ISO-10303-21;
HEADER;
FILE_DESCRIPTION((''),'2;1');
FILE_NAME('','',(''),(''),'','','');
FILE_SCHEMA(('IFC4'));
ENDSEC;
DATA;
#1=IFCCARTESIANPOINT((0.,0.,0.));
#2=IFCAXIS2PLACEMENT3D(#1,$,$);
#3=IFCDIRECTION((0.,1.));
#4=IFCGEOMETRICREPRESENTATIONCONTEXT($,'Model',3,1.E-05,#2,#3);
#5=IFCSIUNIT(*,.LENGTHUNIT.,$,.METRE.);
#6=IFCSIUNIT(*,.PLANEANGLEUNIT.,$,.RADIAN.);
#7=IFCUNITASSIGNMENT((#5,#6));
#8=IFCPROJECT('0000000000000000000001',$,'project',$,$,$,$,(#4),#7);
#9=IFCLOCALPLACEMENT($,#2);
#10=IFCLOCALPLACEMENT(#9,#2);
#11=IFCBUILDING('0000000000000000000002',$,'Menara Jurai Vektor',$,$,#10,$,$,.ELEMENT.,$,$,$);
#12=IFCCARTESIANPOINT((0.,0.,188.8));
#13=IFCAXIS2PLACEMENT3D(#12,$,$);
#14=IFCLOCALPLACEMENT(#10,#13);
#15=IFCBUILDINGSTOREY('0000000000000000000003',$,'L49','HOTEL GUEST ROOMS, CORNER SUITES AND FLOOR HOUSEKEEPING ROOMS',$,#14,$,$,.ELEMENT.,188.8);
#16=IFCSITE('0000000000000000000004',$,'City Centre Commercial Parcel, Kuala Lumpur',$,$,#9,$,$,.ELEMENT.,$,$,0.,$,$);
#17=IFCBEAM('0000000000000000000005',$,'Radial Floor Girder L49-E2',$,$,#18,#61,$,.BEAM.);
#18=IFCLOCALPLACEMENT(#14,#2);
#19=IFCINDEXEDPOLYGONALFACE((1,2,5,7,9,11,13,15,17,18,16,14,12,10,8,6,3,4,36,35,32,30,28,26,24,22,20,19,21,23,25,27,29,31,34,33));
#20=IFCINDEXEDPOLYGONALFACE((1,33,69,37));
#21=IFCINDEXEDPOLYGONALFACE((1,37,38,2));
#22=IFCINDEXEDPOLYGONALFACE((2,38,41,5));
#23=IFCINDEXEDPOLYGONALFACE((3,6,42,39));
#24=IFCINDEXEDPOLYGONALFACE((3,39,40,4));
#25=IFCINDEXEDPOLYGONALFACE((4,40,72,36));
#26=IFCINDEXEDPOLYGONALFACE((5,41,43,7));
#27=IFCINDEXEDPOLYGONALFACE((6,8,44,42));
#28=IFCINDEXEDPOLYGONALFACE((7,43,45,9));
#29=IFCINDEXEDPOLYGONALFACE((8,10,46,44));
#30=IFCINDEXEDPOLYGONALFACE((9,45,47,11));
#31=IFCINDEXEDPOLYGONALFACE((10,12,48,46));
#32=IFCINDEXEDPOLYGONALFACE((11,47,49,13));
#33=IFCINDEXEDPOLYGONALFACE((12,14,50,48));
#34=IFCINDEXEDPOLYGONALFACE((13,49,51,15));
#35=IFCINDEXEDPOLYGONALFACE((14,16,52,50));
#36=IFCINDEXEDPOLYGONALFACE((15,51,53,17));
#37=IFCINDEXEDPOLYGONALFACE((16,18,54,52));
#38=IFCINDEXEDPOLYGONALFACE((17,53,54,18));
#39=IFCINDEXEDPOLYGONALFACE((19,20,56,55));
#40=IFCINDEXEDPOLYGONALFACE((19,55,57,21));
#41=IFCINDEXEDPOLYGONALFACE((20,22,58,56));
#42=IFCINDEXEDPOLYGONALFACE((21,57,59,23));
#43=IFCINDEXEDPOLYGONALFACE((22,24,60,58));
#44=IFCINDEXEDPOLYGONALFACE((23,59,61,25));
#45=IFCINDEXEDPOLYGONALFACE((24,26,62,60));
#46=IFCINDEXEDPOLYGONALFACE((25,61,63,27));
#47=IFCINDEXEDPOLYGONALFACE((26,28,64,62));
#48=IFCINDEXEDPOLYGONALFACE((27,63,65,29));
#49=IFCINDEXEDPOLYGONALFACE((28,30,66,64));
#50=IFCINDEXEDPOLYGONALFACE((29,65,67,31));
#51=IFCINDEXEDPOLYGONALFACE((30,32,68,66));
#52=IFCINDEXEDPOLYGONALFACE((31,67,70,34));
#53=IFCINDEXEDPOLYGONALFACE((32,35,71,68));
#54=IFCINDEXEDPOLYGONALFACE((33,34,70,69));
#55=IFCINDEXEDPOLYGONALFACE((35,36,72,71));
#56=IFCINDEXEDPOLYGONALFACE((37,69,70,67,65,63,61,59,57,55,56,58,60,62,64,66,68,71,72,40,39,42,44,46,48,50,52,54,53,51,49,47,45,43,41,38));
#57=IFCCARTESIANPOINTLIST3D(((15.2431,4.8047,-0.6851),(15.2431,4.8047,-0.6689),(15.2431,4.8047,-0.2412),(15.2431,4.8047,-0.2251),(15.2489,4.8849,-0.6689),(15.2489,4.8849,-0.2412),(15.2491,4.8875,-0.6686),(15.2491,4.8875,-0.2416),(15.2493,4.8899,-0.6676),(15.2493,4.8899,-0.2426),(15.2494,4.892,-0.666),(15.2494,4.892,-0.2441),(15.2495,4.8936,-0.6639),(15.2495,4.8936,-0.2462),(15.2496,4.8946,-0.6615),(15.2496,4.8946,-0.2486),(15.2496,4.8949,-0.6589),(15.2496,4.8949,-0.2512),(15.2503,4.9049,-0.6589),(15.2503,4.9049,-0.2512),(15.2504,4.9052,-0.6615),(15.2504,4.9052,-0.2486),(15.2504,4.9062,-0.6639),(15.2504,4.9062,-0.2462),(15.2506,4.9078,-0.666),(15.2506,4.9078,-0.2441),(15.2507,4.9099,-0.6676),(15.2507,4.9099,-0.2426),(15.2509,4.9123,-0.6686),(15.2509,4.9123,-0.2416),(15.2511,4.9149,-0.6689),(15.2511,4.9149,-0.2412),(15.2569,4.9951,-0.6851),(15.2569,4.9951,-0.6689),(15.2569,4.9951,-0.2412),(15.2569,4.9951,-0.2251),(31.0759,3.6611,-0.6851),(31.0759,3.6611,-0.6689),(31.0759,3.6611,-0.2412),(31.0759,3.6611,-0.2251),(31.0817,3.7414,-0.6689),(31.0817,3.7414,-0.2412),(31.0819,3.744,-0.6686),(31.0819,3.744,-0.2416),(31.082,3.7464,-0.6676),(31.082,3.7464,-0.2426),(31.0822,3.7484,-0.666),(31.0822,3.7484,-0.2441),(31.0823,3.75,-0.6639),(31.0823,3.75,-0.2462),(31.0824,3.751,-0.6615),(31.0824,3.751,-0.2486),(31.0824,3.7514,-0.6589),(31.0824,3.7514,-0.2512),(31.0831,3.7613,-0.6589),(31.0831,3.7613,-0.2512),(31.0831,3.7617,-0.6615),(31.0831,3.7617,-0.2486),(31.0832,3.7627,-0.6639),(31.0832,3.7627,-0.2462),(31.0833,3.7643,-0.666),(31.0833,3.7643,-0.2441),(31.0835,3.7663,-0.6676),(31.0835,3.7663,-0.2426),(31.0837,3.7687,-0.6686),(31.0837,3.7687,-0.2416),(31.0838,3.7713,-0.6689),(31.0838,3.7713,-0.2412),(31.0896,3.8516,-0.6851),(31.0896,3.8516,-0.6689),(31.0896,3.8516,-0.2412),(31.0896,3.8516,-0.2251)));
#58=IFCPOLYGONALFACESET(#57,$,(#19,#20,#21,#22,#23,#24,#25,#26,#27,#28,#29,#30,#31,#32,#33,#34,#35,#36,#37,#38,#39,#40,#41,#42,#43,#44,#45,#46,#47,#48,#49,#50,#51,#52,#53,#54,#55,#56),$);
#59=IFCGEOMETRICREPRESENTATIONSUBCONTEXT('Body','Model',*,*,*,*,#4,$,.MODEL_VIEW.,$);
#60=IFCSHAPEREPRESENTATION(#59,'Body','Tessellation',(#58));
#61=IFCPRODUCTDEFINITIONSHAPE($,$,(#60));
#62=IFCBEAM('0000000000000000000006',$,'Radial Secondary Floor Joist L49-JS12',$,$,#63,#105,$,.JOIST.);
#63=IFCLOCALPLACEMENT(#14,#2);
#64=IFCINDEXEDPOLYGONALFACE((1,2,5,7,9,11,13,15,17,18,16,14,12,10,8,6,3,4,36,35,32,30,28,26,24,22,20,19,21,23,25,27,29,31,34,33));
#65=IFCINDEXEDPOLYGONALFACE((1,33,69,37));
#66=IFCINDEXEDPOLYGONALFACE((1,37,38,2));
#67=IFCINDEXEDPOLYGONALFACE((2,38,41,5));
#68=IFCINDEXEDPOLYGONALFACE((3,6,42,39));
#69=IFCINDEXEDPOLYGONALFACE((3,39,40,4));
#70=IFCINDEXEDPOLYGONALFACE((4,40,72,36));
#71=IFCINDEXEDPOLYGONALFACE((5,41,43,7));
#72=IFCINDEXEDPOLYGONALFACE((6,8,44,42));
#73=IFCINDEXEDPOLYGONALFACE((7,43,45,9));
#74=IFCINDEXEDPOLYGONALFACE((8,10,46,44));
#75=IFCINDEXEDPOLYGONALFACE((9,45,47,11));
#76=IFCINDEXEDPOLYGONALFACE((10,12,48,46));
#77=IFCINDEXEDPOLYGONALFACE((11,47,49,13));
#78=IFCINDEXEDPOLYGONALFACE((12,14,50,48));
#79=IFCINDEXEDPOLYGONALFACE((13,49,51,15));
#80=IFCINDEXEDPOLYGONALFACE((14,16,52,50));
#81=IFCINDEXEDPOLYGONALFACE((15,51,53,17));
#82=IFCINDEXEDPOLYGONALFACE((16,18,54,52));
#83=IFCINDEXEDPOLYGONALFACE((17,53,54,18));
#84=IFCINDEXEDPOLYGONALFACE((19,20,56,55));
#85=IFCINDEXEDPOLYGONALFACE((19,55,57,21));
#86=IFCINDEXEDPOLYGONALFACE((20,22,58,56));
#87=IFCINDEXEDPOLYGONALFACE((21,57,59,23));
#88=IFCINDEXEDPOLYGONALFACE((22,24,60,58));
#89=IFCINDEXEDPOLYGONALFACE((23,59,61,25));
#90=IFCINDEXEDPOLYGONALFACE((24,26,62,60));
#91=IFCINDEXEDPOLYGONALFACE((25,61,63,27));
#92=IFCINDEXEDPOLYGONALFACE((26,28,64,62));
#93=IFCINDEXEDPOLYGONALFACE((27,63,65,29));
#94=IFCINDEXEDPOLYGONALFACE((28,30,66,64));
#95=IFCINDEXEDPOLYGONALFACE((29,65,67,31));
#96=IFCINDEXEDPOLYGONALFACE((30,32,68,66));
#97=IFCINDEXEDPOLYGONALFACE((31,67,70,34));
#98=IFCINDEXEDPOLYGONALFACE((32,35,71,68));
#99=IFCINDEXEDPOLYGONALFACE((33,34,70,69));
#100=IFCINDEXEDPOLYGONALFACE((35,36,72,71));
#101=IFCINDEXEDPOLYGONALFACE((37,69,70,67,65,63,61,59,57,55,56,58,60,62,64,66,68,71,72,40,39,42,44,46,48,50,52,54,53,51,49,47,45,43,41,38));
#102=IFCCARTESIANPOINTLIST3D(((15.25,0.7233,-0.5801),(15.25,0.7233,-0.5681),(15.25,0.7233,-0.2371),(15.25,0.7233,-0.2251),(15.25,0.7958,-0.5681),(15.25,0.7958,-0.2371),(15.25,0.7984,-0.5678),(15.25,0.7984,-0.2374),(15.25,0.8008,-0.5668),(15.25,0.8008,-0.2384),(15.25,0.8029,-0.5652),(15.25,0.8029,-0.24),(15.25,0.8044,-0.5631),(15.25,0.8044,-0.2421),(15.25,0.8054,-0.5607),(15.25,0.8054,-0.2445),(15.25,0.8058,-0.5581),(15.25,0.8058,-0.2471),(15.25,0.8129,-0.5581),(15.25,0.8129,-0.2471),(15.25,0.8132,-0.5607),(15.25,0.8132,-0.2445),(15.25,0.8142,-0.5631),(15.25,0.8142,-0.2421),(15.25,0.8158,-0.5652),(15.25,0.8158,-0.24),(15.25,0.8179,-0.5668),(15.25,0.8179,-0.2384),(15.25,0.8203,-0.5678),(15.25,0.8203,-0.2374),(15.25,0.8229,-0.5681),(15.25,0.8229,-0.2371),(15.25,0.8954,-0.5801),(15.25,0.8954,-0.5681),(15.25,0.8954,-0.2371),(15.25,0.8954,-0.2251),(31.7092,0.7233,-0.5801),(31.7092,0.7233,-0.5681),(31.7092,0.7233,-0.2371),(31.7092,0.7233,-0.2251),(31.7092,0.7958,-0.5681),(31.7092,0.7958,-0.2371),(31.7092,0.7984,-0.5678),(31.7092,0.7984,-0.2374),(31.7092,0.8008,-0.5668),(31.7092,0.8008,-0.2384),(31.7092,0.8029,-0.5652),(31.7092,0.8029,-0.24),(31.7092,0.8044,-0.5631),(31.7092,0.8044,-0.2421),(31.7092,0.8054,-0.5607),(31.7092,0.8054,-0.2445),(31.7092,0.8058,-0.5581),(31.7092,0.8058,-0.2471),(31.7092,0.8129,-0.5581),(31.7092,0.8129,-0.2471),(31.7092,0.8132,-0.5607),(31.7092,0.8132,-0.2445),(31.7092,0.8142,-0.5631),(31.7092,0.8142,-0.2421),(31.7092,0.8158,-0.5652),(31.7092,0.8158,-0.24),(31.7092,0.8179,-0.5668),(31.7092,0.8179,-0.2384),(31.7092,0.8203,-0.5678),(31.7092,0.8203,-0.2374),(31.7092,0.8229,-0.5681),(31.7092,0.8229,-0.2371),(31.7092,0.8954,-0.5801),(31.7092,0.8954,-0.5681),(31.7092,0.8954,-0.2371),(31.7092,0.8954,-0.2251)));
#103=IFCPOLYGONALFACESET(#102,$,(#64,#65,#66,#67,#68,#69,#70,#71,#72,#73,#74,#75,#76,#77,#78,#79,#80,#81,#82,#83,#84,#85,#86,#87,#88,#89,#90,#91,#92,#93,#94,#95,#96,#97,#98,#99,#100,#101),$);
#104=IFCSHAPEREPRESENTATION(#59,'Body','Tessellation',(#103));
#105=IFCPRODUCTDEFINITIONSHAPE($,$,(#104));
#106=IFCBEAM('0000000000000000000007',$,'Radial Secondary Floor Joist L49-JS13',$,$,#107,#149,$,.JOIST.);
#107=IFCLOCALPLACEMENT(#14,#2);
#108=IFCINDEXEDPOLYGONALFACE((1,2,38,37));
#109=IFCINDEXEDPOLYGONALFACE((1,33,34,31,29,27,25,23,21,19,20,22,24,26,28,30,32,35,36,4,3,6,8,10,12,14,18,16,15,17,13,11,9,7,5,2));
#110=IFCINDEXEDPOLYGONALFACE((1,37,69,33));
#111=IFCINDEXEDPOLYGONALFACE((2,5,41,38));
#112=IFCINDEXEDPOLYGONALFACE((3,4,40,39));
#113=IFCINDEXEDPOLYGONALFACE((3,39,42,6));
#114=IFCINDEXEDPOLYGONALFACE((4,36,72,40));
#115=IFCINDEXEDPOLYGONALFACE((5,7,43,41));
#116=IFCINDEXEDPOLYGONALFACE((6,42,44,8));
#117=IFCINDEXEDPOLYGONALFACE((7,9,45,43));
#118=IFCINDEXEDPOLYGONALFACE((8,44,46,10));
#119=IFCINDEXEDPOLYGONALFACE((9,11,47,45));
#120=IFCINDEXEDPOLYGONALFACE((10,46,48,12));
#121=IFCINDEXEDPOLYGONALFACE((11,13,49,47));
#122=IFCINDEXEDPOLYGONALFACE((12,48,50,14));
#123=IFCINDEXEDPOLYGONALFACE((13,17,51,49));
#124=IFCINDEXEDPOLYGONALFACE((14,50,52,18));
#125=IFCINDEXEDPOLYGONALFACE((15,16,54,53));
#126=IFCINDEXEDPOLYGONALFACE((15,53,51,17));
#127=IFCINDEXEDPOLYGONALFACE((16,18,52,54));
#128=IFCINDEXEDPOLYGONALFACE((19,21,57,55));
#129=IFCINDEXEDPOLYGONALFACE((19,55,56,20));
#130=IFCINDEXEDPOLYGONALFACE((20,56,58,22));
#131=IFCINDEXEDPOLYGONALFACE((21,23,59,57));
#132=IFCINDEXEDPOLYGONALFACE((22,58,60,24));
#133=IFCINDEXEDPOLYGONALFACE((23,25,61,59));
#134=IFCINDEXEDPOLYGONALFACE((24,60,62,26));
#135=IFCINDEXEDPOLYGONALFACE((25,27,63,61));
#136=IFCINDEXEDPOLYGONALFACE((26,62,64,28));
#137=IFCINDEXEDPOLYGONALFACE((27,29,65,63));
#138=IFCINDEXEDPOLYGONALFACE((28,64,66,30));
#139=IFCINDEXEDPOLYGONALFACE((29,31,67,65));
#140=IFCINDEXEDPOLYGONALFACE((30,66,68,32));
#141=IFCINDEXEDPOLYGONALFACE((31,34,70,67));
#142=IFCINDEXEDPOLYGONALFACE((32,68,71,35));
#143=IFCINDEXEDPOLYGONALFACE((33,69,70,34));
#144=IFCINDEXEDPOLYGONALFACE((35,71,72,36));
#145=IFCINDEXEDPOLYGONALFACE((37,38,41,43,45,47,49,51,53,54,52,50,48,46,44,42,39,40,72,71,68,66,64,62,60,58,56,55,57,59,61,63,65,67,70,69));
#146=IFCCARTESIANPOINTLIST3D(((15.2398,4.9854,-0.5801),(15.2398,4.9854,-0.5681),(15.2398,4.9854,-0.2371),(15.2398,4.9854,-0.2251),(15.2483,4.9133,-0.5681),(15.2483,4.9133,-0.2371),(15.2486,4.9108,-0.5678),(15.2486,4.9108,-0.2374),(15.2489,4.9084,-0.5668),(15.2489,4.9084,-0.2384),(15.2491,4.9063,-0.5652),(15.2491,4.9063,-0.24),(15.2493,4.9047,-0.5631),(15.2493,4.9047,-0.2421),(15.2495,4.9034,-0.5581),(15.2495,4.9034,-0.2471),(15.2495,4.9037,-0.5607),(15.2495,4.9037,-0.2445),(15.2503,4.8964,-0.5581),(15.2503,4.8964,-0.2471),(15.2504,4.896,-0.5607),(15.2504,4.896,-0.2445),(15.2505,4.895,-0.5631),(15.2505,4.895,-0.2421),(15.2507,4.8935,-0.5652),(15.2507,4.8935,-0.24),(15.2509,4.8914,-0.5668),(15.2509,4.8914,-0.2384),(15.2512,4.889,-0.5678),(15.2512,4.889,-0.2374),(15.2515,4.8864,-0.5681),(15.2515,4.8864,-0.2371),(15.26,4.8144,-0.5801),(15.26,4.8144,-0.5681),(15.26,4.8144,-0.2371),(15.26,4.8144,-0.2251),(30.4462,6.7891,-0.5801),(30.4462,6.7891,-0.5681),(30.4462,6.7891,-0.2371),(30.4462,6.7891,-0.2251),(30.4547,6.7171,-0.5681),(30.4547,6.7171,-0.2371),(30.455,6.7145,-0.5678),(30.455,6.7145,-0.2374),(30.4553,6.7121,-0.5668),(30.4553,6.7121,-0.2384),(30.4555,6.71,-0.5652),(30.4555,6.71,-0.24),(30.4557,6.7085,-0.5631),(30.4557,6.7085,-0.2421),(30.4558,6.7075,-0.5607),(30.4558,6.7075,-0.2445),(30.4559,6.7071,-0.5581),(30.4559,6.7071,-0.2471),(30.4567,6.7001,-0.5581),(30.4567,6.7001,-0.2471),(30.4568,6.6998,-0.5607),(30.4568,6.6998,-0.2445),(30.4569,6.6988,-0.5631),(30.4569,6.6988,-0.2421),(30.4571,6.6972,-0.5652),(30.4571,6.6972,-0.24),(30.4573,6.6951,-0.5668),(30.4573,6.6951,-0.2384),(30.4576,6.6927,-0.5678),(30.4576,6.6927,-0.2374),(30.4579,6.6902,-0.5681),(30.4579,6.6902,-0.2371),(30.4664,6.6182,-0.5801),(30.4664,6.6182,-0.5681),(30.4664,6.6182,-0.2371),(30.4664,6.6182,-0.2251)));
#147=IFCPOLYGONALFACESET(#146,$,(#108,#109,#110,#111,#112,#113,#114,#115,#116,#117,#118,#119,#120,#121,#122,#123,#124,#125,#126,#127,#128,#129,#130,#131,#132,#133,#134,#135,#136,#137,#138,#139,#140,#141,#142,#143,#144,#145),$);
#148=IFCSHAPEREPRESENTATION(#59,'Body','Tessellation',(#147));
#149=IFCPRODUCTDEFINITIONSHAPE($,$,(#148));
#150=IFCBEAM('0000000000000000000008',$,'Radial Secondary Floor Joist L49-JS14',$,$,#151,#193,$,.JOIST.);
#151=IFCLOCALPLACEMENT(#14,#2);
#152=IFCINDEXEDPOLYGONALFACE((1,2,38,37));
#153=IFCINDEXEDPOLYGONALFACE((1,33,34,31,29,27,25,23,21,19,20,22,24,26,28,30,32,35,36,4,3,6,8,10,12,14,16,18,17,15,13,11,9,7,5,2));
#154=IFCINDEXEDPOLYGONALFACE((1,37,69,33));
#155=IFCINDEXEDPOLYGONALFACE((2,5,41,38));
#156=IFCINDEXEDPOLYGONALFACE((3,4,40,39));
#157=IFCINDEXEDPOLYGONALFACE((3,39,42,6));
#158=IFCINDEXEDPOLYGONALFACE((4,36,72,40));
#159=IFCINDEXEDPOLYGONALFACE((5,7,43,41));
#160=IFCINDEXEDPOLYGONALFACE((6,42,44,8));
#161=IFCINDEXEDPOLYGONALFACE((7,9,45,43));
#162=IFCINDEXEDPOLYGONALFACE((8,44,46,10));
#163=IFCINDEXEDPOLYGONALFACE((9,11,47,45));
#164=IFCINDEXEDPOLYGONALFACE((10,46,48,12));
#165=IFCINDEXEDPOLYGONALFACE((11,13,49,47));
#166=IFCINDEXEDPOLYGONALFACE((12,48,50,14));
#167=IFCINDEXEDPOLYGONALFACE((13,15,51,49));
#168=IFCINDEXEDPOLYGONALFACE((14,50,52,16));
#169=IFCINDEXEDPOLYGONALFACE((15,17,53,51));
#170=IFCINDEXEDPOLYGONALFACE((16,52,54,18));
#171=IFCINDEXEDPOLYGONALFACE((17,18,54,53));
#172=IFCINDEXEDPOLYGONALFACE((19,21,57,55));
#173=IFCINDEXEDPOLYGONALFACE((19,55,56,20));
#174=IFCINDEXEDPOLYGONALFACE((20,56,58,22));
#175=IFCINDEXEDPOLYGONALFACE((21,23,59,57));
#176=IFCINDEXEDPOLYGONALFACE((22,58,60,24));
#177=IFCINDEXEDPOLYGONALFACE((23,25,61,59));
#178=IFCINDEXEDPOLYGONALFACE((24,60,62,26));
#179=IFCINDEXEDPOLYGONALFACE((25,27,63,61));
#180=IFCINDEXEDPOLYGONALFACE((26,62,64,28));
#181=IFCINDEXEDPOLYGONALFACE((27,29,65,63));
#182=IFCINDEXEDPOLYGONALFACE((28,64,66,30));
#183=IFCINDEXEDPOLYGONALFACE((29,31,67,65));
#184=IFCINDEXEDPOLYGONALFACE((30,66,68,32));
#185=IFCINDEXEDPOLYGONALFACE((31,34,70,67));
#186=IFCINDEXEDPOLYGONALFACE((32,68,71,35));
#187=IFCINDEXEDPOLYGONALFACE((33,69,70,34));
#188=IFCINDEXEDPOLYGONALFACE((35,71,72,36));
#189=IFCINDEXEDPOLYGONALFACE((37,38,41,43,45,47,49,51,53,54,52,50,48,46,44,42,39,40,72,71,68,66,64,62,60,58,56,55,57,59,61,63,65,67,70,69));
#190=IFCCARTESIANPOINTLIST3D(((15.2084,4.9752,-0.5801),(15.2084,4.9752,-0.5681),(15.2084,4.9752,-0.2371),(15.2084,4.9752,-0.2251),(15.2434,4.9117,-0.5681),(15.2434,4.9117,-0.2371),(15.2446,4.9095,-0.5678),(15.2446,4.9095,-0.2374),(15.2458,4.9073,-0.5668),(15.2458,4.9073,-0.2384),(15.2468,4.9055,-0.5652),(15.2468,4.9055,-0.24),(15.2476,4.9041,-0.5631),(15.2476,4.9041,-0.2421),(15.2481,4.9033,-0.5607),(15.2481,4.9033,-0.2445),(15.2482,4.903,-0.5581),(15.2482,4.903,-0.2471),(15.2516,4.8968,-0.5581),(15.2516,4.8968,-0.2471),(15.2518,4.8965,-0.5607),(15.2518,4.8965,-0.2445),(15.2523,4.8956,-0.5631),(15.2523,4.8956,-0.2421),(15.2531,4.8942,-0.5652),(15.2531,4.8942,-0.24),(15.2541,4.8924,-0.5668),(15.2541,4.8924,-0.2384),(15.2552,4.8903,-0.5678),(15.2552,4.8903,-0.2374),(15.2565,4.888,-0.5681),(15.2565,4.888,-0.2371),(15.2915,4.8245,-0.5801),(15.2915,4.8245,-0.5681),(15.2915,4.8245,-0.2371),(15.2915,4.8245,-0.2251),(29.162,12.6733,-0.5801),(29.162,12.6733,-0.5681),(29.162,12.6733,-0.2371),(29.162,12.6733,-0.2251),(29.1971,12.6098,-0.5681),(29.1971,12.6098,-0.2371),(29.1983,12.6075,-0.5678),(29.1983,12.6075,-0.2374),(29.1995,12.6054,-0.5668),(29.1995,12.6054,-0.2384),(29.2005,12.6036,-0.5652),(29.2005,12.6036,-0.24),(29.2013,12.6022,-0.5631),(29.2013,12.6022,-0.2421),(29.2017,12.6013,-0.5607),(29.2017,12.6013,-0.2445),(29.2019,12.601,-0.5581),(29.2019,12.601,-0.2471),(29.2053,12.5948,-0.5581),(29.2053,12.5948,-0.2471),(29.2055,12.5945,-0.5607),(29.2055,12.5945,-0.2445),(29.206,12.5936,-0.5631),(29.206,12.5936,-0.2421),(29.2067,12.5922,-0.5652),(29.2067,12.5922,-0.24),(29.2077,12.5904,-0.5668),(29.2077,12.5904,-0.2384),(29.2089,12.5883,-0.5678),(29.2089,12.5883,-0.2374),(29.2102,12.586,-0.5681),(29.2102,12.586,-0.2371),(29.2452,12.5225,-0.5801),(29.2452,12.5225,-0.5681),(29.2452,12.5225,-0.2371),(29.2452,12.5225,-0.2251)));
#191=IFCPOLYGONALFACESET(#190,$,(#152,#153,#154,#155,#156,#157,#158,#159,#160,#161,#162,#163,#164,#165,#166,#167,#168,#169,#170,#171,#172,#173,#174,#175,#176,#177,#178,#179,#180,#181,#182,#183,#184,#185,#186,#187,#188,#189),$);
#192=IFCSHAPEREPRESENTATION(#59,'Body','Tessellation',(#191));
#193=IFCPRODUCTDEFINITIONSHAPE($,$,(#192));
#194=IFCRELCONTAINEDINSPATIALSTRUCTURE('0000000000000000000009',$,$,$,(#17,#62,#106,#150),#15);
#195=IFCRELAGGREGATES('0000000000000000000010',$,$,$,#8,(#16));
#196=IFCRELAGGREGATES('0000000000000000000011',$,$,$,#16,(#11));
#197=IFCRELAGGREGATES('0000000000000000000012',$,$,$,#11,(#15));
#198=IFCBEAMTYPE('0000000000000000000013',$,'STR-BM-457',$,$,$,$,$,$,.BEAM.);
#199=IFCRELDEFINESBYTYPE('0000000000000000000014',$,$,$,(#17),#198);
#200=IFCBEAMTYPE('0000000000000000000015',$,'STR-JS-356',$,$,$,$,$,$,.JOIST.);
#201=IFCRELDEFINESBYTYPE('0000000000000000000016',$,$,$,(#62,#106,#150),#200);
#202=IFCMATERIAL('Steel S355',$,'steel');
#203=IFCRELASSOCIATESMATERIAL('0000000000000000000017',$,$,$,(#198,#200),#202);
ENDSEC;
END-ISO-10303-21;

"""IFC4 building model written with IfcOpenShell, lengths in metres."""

from ifc_helpers import new_model, si_unit, direction, frame, origin, origin_2d, place, context, subcontext, project, spatial, i_section, extrude, material, material_profile, profile_set, type_object, element, save


model = new_model("IFC4")

# Units and contexts
model_context = context("Model", 3, precision=1e-05, world=origin(), true_north=direction((0.0, 1.0)))
body_context = subcontext(model_context, "Body", "Model", "MODEL_VIEW")
ifc_project = project(units=[si_unit("LENGTHUNIT", "METRE"), si_unit("PLANEANGLEUNIT", "RADIAN")], contexts=[model_context])

# Site, building, storey
site_placement = place(None, origin())
site = spatial("IfcSite", under=ifc_project, at=site_placement, Name="City Centre Commercial Parcel, Kuala Lumpur", CompositionType="ELEMENT", RefElevation=0.0)
building_placement = place(site_placement, origin())
building = spatial("IfcBuilding", under=site, at=building_placement, Name="Menara Jurai Vektor", CompositionType="ELEMENT")
storey_placement = place(building_placement, frame((0.0, 0.0, 188.8)))
storey = spatial("IfcBuildingStorey", under=building, at=storey_placement, Name="L49", Description="HOTEL GUEST ROOMS, CORNER SUITES AND FLOOR HOUSEKEEPING ROOMS", CompositionType="ELEMENT", Elevation=188.8)

# Beams
ifc_material_1 = material(Name="Steel S355", Category="steel")
ifc_material_profile_1 = material_profile(ifc_material_1, i_section(OverallWidth=0.1909, OverallDepth=0.46, WebThickness=0.01, FlangeThickness=0.0161, FilletRadius=0.01, at=origin_2d()), Name="UKB 457x191x82")
ifc_profile_set_1 = profile_set([ifc_material_profile_1], Name="Steel S355")
beam_type_1 = type_object("IfcBeamType", Name="STR-BM-457", PredefinedType="BEAM", material=ifc_profile_set_1)
beam_1_placement = place(storey_placement, frame((31.0828, 3.7563, -0.4551), z_axis=(-0.997402, 0.072039, 0.0), x_axis=(-0.072039, -0.997402, 0.0)))
element("IfcBeam", 1, at=beam_1_placement, inside=storey, type_object=beam_type_1, Name="Radial Floor Girder L49-E2", PredefinedType="BEAM", context=body_context, shape_type="SweptSolid", body=[
    extrude(i_section(OverallWidth=0.1909, OverallDepth=0.46, WebThickness=0.01, FlangeThickness=0.0161, FilletRadius=0.01, at=origin_2d()), origin(), (0.0, 0.0, 1.0), 15.874),
])
ifc_material_profile_2 = material_profile(ifc_material_1, i_section(OverallWidth=0.1721, OverallDepth=0.355, WebThickness=0.0071, FlangeThickness=0.012, FilletRadius=0.01, at=origin_2d()), Name="UKB 356x171x51")
ifc_profile_set_2 = profile_set([ifc_material_profile_2], Name="Steel S355")
beam_type_2 = type_object("IfcBeamType", Name="STR-JS-356", PredefinedType="JOIST", material=ifc_profile_set_2)
beam_2_placement = place(storey_placement, frame((31.7092, 0.8093, -0.4026), z_axis=(-1.0, 0.0, 0.0), x_axis=(0.0, -1.0, 0.0)))
element("IfcBeam", 2, at=beam_2_placement, inside=storey, type_object=beam_type_2, Name="Radial Secondary Floor Joist L49-JS12", PredefinedType="JOIST", context=body_context, shape_type="SweptSolid", body=[
    extrude(i_section(OverallWidth=0.1721, OverallDepth=0.355, WebThickness=0.0071, FlangeThickness=0.012, FilletRadius=0.01, at=origin_2d()), origin(), (0.0, 0.0, 1.0), 16.4592),
])
beam_3_placement = place(storey_placement, frame((30.4563, 6.7036, -0.4026), z_axis=(-0.993038, -0.11779, 0.0), x_axis=(0.11779, -0.993038, 0.0)))
element("IfcBeam", 3, at=beam_3_placement, inside=storey, type_object=beam_type_2, Name="Radial Secondary Floor Joist L49-JS13", PredefinedType="JOIST", context=body_context, shape_type="SweptSolid", body=[
    extrude(i_section(OverallWidth=0.1721, OverallDepth=0.355, WebThickness=0.0071, FlangeThickness=0.012, FilletRadius=0.01, at=origin_2d()), origin(), (0.0, 0.0, 1.0), 15.313),
])
beam_4_placement = place(storey_placement, frame((29.2036, 12.5979, -0.4026), z_axis=(-0.875592, -0.483051, 0.0), x_axis=(0.483051, -0.875592, 0.0)))
element("IfcBeam", 4, at=beam_4_placement, inside=storey, type_object=beam_type_2, Name="Radial Secondary Floor Joist L49-JS14", PredefinedType="JOIST", context=body_context, shape_type="SweptSolid", body=[
    extrude(i_section(OverallWidth=0.1721, OverallDepth=0.355, WebThickness=0.0071, FlangeThickness=0.012, FilletRadius=0.01, at=origin_2d()), origin(), (0.0, 0.0, 1.0), 15.9363),
])

save(model, "model.ifc")
